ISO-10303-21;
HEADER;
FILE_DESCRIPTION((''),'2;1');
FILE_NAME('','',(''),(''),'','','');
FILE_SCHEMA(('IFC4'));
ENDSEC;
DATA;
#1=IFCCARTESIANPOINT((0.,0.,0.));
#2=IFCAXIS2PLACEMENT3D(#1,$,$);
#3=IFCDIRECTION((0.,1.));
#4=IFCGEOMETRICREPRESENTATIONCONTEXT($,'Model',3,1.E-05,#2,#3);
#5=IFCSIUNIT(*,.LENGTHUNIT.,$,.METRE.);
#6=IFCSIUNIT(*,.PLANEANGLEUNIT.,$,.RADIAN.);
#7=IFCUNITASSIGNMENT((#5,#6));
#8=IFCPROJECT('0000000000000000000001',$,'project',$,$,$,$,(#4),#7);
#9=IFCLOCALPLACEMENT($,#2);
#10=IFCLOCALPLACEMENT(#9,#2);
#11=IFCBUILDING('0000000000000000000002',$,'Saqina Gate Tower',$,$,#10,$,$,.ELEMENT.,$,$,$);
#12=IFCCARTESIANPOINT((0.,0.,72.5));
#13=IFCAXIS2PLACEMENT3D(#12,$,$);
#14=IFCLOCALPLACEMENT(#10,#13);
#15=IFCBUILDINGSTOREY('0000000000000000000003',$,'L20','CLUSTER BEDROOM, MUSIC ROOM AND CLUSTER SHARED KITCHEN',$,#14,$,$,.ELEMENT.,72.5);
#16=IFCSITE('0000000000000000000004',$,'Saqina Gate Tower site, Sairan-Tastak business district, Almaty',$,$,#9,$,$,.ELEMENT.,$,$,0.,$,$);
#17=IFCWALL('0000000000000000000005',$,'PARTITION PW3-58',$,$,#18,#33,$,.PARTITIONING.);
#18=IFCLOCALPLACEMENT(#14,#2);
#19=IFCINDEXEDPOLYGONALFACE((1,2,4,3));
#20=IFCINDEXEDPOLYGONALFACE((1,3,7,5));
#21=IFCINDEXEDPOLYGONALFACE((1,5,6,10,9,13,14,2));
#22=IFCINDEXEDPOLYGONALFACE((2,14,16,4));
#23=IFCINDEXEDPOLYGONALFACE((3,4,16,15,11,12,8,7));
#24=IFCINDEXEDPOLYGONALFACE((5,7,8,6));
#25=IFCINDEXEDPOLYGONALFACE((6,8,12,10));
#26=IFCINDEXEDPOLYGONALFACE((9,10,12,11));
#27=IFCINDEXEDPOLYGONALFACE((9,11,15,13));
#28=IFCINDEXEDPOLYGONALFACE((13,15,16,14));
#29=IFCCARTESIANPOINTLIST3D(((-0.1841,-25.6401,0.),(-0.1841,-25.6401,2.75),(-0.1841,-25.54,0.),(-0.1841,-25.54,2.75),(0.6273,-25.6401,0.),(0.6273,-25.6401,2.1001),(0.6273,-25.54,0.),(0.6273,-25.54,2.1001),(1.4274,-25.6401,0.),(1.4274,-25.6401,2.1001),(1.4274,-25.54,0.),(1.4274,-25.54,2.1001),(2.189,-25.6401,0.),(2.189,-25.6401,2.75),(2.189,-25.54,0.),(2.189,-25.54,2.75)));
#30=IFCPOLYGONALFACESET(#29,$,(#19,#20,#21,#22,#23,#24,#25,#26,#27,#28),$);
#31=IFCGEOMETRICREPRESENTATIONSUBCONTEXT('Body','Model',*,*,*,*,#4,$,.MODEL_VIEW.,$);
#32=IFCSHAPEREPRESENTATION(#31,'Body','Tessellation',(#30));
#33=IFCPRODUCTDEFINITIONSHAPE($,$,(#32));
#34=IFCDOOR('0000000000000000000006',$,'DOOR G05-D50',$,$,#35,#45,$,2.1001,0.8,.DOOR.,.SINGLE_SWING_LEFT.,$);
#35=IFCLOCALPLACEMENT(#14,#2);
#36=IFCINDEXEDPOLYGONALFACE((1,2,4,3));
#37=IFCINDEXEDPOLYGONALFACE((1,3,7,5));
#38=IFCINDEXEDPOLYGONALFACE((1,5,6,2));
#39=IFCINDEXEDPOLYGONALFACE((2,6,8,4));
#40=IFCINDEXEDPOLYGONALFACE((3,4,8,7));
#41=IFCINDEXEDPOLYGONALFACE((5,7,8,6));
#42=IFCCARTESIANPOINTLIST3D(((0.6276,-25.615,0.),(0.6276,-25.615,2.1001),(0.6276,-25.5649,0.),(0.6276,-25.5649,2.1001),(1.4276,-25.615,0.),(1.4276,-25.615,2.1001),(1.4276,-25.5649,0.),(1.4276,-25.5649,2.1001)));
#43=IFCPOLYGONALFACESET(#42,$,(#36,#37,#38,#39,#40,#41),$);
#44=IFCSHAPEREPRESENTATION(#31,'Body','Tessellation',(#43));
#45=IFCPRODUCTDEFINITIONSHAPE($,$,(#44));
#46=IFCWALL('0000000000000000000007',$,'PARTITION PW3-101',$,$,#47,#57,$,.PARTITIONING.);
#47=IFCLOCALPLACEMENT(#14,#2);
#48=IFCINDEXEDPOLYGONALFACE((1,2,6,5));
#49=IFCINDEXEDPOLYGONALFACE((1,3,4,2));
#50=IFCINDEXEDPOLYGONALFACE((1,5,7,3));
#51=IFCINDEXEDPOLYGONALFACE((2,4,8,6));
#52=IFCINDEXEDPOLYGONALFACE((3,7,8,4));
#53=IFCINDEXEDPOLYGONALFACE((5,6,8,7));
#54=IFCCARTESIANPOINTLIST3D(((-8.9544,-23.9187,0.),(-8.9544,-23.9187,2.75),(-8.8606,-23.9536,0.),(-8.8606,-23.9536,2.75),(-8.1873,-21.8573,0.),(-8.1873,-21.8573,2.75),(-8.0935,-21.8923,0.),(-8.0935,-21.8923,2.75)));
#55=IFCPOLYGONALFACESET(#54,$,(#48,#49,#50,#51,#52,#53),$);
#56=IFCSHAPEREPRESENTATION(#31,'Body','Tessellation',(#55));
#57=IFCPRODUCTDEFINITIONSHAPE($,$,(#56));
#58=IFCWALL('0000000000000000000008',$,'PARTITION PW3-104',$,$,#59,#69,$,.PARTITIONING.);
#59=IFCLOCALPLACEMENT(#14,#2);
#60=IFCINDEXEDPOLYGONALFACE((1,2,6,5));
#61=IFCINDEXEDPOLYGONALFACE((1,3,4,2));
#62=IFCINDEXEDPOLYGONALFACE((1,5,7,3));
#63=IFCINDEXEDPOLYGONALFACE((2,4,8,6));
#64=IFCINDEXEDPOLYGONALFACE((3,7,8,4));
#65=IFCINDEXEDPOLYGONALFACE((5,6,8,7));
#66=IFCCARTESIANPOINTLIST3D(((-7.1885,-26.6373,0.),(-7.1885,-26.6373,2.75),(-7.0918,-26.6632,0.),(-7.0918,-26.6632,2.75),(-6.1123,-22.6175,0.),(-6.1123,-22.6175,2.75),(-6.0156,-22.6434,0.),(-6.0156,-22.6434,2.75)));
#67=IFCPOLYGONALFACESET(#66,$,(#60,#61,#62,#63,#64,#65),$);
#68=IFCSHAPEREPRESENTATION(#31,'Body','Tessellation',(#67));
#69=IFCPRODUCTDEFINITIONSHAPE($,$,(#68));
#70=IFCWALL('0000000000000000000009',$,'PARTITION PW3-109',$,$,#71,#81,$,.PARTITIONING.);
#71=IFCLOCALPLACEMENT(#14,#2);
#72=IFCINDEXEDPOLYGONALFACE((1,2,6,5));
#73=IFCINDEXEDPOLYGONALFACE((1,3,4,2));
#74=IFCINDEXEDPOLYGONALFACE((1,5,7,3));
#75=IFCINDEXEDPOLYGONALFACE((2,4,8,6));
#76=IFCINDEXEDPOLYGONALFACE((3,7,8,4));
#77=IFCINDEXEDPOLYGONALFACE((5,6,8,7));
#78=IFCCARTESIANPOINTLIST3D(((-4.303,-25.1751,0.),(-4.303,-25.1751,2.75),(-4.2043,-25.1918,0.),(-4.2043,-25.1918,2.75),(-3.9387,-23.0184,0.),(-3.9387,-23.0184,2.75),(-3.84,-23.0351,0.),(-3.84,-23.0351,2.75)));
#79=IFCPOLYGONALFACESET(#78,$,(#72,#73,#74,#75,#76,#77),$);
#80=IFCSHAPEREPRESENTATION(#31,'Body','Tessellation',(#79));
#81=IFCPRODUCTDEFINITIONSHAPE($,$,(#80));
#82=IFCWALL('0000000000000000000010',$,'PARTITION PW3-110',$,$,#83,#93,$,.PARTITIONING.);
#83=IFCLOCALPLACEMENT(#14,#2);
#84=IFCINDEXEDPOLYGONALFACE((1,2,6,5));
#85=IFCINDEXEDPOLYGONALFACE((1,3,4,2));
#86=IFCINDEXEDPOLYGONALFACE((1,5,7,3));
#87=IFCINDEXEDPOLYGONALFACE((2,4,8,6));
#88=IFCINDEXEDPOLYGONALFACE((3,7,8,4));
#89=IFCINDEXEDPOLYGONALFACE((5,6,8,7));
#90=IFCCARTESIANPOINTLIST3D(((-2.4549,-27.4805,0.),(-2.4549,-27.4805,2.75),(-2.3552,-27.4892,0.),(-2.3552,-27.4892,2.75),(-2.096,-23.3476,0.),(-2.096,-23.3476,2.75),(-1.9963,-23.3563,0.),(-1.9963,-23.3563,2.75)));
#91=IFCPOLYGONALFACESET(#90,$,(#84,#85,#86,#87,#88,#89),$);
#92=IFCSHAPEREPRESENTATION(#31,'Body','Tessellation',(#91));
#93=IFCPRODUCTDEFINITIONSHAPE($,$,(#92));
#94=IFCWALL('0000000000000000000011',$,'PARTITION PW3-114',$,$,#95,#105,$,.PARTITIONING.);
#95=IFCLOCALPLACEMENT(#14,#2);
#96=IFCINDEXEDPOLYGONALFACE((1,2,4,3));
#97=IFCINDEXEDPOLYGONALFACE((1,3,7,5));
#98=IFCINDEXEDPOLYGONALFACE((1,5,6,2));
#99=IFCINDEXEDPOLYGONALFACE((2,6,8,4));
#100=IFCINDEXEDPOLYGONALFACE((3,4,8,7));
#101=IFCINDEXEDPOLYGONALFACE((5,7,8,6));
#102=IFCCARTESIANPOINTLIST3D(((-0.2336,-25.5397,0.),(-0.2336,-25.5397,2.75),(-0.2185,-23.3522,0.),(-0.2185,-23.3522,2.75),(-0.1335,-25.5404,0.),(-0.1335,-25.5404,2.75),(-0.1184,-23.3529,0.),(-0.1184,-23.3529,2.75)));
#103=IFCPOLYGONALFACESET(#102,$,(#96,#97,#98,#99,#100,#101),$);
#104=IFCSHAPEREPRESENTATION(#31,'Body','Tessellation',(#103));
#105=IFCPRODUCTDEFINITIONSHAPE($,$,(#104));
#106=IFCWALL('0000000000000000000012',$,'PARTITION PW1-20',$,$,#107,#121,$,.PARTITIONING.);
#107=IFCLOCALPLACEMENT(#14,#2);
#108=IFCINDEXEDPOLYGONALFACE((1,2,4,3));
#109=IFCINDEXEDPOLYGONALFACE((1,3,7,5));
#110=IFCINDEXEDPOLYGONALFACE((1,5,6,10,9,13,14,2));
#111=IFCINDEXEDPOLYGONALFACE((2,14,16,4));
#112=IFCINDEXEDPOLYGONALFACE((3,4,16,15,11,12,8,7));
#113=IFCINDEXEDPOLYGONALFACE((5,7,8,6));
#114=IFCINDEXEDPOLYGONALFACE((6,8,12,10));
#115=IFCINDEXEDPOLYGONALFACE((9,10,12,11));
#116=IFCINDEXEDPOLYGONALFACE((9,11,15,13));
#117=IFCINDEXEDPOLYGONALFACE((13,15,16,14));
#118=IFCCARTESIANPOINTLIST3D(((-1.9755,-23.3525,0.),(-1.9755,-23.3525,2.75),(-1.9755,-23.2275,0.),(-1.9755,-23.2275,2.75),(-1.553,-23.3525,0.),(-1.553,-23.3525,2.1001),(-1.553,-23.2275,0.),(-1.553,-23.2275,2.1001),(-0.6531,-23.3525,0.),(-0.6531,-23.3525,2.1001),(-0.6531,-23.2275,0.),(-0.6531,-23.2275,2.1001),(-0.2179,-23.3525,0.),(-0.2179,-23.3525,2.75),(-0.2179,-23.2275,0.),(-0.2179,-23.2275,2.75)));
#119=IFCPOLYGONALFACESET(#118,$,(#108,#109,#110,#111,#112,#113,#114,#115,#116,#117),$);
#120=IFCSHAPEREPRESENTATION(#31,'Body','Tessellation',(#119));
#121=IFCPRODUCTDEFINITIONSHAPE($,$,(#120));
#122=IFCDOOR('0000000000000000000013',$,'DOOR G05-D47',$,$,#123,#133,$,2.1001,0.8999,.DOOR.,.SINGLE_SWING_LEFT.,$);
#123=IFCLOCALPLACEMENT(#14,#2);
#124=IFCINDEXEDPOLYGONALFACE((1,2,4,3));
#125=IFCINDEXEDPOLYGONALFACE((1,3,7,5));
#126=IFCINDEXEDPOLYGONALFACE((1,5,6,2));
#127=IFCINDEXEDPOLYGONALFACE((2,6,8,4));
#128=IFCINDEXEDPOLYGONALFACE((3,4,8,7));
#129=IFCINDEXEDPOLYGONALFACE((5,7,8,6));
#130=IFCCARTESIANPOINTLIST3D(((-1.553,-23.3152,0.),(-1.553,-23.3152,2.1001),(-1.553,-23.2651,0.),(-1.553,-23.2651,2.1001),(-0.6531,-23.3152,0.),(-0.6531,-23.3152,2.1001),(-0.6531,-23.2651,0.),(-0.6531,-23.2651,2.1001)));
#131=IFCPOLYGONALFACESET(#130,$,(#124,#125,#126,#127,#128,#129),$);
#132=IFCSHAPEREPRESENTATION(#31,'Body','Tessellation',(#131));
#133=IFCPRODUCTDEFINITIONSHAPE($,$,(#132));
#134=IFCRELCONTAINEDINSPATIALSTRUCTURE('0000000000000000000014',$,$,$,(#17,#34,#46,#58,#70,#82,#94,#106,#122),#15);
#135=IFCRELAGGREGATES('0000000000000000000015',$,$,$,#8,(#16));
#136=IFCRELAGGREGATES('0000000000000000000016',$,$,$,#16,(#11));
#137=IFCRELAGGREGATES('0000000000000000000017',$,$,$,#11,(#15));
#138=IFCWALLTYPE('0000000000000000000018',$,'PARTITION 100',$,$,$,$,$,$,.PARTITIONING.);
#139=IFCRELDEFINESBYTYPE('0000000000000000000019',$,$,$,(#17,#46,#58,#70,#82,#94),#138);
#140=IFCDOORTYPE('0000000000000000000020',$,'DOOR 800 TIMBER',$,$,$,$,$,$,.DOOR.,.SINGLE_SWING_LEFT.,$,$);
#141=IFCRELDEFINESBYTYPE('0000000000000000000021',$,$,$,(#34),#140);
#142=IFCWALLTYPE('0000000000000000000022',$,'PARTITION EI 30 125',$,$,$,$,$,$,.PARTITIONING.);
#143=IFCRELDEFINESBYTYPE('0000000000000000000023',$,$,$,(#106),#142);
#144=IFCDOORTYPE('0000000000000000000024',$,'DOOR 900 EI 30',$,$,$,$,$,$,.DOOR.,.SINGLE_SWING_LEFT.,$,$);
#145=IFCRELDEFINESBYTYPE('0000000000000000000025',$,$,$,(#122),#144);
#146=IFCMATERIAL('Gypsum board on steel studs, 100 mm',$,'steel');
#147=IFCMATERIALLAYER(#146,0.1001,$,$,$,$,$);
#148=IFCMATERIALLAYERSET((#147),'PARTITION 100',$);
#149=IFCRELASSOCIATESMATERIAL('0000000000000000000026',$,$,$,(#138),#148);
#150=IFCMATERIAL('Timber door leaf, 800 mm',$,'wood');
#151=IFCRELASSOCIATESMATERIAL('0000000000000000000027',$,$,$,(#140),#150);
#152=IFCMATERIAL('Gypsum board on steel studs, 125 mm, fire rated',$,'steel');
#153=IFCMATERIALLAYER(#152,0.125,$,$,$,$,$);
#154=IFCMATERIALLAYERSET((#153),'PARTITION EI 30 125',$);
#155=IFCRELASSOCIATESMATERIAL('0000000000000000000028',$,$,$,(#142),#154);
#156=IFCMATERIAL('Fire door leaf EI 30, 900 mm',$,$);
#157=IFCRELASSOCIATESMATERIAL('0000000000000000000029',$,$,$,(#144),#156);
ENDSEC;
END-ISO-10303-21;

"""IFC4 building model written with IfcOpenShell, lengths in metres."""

from ifc_helpers import new_model, si_unit, direction, frame, frame_2d, origin, place, context, subcontext, project, spatial, rectangle, extrude, material, layer, layer_set, type_object, element, fill, save


model = new_model("IFC4")

# Units and contexts
model_context = context("Model", 3, precision=1e-05, world=origin(), true_north=direction((0.0, 1.0)))
body_context = subcontext(model_context, "Body", "Model", "MODEL_VIEW")
ifc_project = project(units=[si_unit("LENGTHUNIT", "METRE"), si_unit("PLANEANGLEUNIT", "RADIAN")], contexts=[model_context])

# Site, building, storey
site_placement = place(None, origin())
site = spatial("IfcSite", under=ifc_project, at=site_placement, Name="Saqina Gate Tower site, Sairan-Tastak business district, Almaty", CompositionType="ELEMENT", RefElevation=0.0)
building_placement = place(site_placement, origin())
building = spatial("IfcBuilding", under=site, at=building_placement, Name="Saqina Gate Tower", CompositionType="ELEMENT")
storey_placement = place(building_placement, frame((0.0, 0.0, 72.5)))
storey = spatial("IfcBuildingStorey", under=building, at=storey_placement, Name="L20", Description="CLUSTER BEDROOM, MUSIC ROOM AND CLUSTER SHARED KITCHEN", CompositionType="ELEMENT", Elevation=72.5)

# Wall, opening, door
ifc_material_1 = material(Name="Gypsum board on steel studs, 100 mm", Category="steel")
ifc_layer_1 = layer(ifc_material_1, 0.1001)
ifc_layer_set_1 = layer_set([ifc_layer_1], Name="PARTITION 100")
wall_type_1 = type_object("IfcWallType", Name="PARTITION 100", PredefinedType="PARTITIONING", material=ifc_layer_set_1)
ifc_material_2 = material(Name="Timber door leaf, 800 mm", Category="wood")
door_type_1 = type_object("IfcDoorType", Name="DOOR 800 TIMBER", OperationType="SINGLE_SWING_LEFT", PredefinedType="DOOR", material=ifc_material_2)
wall_1_placement = place(storey_placement, frame((-0.1841, -25.5901, 0.0), z_axis=(0.0, 0.0, 1.0), x_axis=(1.0, 0.0, 0.0)))
wall_1 = element("IfcWall", 1, at=wall_1_placement, inside=storey, type_object=wall_type_1, Name="PARTITION PW3-58", PredefinedType="PARTITIONING", context=body_context, shape_type="SweptSolid", body=[
    extrude(rectangle(XDim=2.373, YDim=0.1001, at=frame_2d((1.1865, 0.0))), origin(), (0.0, 0.0, 1.0), 2.75),
])
opening_1_placement = place(wall_1_placement, frame((0.8115, 0.0, 0.0)))
opening_1 = element("IfcOpeningElement", 2, at=opening_1_placement, cuts=wall_1, PredefinedType="OPENING", context=body_context, shape_type="SweptSolid", body=[
    extrude(rectangle(XDim=0.8, YDim=2.1001, at=frame_2d((0.3999, 1.05))), frame((0.0, 0.062, 0.0), z_axis=(0.0, -1.0, 0.0), x_axis=(1.0, 0.0, 0.0)), (0.0, 0.0, 1.0), 0.124),
])
door_1_placement = place(opening_1_placement, frame((0.8, 0.0, 0.0), z_axis=(0.0, 0.0, 1.0), x_axis=(-1.0, 0.0, 0.0)))
door_1 = element("IfcDoor", 3, at=door_1_placement, inside=storey, type_object=door_type_1, Name="DOOR G05-D50", OperationType="SINGLE_SWING_LEFT", OverallHeight=2.1001, OverallWidth=0.8, PredefinedType="DOOR", context=body_context, shape_type="SweptSolid", body=[
    extrude(rectangle(XDim=0.8, YDim=2.1001, at=frame_2d((0.3999, 1.05))), frame((0.0, 0.0249, 0.0), z_axis=(0.0, -1.0, 0.0), x_axis=(1.0, 0.0, 0.0)), (0.0, 0.0, 1.0), 0.05),
])
fill(opening_1, door_1)

# Walls
wall_2_placement = place(storey_placement, frame((-8.9075, -23.936, 0.0), z_axis=(0.0, 0.0, 1.0), x_axis=(0.348775, 0.937207, 0.0)))
element("IfcWall", 4, at=wall_2_placement, inside=storey, type_object=wall_type_1, Name="PARTITION PW3-101", PredefinedType="PARTITIONING", context=body_context, shape_type="SweptSolid", body=[
    extrude(rectangle(XDim=2.1995, YDim=0.1001, at=frame_2d((1.0996, 0.0))), origin(), (0.0, 0.0, 1.0), 2.75),
])
wall_3_placement = place(storey_placement, frame((-7.1401, -26.6501, 0.0), z_axis=(0.0, 0.0, 1.0), x_axis=(0.258612, 0.965981, 0.0)))
element("IfcWall", 5, at=wall_3_placement, inside=storey, type_object=wall_type_1, Name="PARTITION PW3-104", PredefinedType="PARTITIONING", context=body_context, shape_type="SweptSolid", body=[
    extrude(rectangle(XDim=4.1614, YDim=0.1001, at=frame_2d((2.0806, 0.0))), origin(), (0.0, 0.0, 1.0), 2.75),
])
wall_4_placement = place(storey_placement, frame((-4.2537, -25.1836, 0.0), z_axis=(0.0, 0.0, 1.0), x_axis=(0.166534, 0.986036, 0.0)))
element("IfcWall", 6, at=wall_4_placement, inside=storey, type_object=wall_type_1, Name="PARTITION PW3-109", PredefinedType="PARTITIONING", context=body_context, shape_type="SweptSolid", body=[
    extrude(rectangle(XDim=2.1873, YDim=0.1001, at=frame_2d((1.0938, 0.0))), origin(), (0.0, 0.0, 1.0), 2.75),
])
wall_5_placement = place(storey_placement, frame((-2.405, -27.4849, 0.0), z_axis=(0.0, 0.0, 1.0), x_axis=(0.086513, 0.996251, 0.0)))
element("IfcWall", 7, at=wall_5_placement, inside=storey, type_object=wall_type_1, Name="PARTITION PW3-110", PredefinedType="PARTITIONING", context=body_context, shape_type="SweptSolid", body=[
    extrude(rectangle(XDim=4.1484, YDim=0.1001, at=frame_2d((2.0742, 0.0))), origin(), (0.0, 0.0, 1.0), 2.75),
])
wall_6_placement = place(storey_placement, frame((-0.1836, -25.54, 0.0), z_axis=(0.0, 0.0, 1.0), x_axis=(0.006919, 0.999976, 0.0)))
element("IfcWall", 8, at=wall_6_placement, inside=storey, type_object=wall_type_1, Name="PARTITION PW3-114", PredefinedType="PARTITIONING", context=body_context, shape_type="SweptSolid", body=[
    extrude(rectangle(XDim=2.1875, YDim=0.1001, at=frame_2d((1.0938, 0.0))), origin(), (0.0, 0.0, 1.0), 2.75),
])

# Wall, opening, door
ifc_material_3 = material(Name="Gypsum board on steel studs, 125 mm, fire rated", Category="steel")
ifc_layer_2 = layer(ifc_material_3, 0.125)
ifc_layer_set_2 = layer_set([ifc_layer_2], Name="PARTITION EI 30 125")
wall_type_2 = type_object("IfcWallType", Name="PARTITION EI 30 125", PredefinedType="PARTITIONING", material=ifc_layer_set_2)
wall_7_placement = place(storey_placement, frame((-1.9756, -23.29, 0.0), z_axis=(0.0, 0.0, 1.0), x_axis=(1.0, 0.0, 0.0)))
wall_7 = element("IfcWall", 9, at=wall_7_placement, inside=storey, type_object=wall_type_2, Name="PARTITION PW1-20", PredefinedType="PARTITIONING", context=body_context, shape_type="SweptSolid", body=[
    extrude(rectangle(XDim=1.7576, YDim=0.125, at=frame_2d((0.8789, 0.0))), origin(), (0.0, 0.0, 1.0), 2.75),
])
opening_2_placement = place(wall_7_placement, frame((0.4226, 0.0, 0.0)))
opening_2 = element("IfcOpeningElement", 10, at=opening_2_placement, cuts=wall_7, PredefinedType="OPENING", context=body_context, shape_type="SweptSolid", body=[
    extrude(rectangle(XDim=0.8999, YDim=2.1001, at=frame_2d((0.45, 1.05))), frame((0.0, 0.0745, 0.0), z_axis=(0.0, -1.0, 0.0), x_axis=(1.0, 0.0, 0.0)), (0.0, 0.0, 1.0), 0.1489),
])
ifc_material_4 = material(Name="Fire door leaf EI 30, 900 mm")
door_type_2 = type_object("IfcDoorType", Name="DOOR 900 EI 30", OperationType="SINGLE_SWING_LEFT", PredefinedType="DOOR", material=ifc_material_4)
door_2_placement = place(opening_2_placement, origin())
door_2 = element("IfcDoor", 11, at=door_2_placement, inside=storey, type_object=door_type_2, Name="DOOR G05-D47", OperationType="SINGLE_SWING_LEFT", OverallHeight=2.1001, OverallWidth=0.8999, PredefinedType="DOOR", context=body_context, shape_type="SweptSolid", body=[
    extrude(rectangle(XDim=0.8999, YDim=2.1001, at=frame_2d((0.45, 1.05))), frame((0.0, 0.0249, 0.0), z_axis=(0.0, -1.0, 0.0), x_axis=(1.0, 0.0, 0.0)), (0.0, 0.0, 1.0), 0.05),
])
fill(opening_2, door_2)

save(model, "model.ifc")
